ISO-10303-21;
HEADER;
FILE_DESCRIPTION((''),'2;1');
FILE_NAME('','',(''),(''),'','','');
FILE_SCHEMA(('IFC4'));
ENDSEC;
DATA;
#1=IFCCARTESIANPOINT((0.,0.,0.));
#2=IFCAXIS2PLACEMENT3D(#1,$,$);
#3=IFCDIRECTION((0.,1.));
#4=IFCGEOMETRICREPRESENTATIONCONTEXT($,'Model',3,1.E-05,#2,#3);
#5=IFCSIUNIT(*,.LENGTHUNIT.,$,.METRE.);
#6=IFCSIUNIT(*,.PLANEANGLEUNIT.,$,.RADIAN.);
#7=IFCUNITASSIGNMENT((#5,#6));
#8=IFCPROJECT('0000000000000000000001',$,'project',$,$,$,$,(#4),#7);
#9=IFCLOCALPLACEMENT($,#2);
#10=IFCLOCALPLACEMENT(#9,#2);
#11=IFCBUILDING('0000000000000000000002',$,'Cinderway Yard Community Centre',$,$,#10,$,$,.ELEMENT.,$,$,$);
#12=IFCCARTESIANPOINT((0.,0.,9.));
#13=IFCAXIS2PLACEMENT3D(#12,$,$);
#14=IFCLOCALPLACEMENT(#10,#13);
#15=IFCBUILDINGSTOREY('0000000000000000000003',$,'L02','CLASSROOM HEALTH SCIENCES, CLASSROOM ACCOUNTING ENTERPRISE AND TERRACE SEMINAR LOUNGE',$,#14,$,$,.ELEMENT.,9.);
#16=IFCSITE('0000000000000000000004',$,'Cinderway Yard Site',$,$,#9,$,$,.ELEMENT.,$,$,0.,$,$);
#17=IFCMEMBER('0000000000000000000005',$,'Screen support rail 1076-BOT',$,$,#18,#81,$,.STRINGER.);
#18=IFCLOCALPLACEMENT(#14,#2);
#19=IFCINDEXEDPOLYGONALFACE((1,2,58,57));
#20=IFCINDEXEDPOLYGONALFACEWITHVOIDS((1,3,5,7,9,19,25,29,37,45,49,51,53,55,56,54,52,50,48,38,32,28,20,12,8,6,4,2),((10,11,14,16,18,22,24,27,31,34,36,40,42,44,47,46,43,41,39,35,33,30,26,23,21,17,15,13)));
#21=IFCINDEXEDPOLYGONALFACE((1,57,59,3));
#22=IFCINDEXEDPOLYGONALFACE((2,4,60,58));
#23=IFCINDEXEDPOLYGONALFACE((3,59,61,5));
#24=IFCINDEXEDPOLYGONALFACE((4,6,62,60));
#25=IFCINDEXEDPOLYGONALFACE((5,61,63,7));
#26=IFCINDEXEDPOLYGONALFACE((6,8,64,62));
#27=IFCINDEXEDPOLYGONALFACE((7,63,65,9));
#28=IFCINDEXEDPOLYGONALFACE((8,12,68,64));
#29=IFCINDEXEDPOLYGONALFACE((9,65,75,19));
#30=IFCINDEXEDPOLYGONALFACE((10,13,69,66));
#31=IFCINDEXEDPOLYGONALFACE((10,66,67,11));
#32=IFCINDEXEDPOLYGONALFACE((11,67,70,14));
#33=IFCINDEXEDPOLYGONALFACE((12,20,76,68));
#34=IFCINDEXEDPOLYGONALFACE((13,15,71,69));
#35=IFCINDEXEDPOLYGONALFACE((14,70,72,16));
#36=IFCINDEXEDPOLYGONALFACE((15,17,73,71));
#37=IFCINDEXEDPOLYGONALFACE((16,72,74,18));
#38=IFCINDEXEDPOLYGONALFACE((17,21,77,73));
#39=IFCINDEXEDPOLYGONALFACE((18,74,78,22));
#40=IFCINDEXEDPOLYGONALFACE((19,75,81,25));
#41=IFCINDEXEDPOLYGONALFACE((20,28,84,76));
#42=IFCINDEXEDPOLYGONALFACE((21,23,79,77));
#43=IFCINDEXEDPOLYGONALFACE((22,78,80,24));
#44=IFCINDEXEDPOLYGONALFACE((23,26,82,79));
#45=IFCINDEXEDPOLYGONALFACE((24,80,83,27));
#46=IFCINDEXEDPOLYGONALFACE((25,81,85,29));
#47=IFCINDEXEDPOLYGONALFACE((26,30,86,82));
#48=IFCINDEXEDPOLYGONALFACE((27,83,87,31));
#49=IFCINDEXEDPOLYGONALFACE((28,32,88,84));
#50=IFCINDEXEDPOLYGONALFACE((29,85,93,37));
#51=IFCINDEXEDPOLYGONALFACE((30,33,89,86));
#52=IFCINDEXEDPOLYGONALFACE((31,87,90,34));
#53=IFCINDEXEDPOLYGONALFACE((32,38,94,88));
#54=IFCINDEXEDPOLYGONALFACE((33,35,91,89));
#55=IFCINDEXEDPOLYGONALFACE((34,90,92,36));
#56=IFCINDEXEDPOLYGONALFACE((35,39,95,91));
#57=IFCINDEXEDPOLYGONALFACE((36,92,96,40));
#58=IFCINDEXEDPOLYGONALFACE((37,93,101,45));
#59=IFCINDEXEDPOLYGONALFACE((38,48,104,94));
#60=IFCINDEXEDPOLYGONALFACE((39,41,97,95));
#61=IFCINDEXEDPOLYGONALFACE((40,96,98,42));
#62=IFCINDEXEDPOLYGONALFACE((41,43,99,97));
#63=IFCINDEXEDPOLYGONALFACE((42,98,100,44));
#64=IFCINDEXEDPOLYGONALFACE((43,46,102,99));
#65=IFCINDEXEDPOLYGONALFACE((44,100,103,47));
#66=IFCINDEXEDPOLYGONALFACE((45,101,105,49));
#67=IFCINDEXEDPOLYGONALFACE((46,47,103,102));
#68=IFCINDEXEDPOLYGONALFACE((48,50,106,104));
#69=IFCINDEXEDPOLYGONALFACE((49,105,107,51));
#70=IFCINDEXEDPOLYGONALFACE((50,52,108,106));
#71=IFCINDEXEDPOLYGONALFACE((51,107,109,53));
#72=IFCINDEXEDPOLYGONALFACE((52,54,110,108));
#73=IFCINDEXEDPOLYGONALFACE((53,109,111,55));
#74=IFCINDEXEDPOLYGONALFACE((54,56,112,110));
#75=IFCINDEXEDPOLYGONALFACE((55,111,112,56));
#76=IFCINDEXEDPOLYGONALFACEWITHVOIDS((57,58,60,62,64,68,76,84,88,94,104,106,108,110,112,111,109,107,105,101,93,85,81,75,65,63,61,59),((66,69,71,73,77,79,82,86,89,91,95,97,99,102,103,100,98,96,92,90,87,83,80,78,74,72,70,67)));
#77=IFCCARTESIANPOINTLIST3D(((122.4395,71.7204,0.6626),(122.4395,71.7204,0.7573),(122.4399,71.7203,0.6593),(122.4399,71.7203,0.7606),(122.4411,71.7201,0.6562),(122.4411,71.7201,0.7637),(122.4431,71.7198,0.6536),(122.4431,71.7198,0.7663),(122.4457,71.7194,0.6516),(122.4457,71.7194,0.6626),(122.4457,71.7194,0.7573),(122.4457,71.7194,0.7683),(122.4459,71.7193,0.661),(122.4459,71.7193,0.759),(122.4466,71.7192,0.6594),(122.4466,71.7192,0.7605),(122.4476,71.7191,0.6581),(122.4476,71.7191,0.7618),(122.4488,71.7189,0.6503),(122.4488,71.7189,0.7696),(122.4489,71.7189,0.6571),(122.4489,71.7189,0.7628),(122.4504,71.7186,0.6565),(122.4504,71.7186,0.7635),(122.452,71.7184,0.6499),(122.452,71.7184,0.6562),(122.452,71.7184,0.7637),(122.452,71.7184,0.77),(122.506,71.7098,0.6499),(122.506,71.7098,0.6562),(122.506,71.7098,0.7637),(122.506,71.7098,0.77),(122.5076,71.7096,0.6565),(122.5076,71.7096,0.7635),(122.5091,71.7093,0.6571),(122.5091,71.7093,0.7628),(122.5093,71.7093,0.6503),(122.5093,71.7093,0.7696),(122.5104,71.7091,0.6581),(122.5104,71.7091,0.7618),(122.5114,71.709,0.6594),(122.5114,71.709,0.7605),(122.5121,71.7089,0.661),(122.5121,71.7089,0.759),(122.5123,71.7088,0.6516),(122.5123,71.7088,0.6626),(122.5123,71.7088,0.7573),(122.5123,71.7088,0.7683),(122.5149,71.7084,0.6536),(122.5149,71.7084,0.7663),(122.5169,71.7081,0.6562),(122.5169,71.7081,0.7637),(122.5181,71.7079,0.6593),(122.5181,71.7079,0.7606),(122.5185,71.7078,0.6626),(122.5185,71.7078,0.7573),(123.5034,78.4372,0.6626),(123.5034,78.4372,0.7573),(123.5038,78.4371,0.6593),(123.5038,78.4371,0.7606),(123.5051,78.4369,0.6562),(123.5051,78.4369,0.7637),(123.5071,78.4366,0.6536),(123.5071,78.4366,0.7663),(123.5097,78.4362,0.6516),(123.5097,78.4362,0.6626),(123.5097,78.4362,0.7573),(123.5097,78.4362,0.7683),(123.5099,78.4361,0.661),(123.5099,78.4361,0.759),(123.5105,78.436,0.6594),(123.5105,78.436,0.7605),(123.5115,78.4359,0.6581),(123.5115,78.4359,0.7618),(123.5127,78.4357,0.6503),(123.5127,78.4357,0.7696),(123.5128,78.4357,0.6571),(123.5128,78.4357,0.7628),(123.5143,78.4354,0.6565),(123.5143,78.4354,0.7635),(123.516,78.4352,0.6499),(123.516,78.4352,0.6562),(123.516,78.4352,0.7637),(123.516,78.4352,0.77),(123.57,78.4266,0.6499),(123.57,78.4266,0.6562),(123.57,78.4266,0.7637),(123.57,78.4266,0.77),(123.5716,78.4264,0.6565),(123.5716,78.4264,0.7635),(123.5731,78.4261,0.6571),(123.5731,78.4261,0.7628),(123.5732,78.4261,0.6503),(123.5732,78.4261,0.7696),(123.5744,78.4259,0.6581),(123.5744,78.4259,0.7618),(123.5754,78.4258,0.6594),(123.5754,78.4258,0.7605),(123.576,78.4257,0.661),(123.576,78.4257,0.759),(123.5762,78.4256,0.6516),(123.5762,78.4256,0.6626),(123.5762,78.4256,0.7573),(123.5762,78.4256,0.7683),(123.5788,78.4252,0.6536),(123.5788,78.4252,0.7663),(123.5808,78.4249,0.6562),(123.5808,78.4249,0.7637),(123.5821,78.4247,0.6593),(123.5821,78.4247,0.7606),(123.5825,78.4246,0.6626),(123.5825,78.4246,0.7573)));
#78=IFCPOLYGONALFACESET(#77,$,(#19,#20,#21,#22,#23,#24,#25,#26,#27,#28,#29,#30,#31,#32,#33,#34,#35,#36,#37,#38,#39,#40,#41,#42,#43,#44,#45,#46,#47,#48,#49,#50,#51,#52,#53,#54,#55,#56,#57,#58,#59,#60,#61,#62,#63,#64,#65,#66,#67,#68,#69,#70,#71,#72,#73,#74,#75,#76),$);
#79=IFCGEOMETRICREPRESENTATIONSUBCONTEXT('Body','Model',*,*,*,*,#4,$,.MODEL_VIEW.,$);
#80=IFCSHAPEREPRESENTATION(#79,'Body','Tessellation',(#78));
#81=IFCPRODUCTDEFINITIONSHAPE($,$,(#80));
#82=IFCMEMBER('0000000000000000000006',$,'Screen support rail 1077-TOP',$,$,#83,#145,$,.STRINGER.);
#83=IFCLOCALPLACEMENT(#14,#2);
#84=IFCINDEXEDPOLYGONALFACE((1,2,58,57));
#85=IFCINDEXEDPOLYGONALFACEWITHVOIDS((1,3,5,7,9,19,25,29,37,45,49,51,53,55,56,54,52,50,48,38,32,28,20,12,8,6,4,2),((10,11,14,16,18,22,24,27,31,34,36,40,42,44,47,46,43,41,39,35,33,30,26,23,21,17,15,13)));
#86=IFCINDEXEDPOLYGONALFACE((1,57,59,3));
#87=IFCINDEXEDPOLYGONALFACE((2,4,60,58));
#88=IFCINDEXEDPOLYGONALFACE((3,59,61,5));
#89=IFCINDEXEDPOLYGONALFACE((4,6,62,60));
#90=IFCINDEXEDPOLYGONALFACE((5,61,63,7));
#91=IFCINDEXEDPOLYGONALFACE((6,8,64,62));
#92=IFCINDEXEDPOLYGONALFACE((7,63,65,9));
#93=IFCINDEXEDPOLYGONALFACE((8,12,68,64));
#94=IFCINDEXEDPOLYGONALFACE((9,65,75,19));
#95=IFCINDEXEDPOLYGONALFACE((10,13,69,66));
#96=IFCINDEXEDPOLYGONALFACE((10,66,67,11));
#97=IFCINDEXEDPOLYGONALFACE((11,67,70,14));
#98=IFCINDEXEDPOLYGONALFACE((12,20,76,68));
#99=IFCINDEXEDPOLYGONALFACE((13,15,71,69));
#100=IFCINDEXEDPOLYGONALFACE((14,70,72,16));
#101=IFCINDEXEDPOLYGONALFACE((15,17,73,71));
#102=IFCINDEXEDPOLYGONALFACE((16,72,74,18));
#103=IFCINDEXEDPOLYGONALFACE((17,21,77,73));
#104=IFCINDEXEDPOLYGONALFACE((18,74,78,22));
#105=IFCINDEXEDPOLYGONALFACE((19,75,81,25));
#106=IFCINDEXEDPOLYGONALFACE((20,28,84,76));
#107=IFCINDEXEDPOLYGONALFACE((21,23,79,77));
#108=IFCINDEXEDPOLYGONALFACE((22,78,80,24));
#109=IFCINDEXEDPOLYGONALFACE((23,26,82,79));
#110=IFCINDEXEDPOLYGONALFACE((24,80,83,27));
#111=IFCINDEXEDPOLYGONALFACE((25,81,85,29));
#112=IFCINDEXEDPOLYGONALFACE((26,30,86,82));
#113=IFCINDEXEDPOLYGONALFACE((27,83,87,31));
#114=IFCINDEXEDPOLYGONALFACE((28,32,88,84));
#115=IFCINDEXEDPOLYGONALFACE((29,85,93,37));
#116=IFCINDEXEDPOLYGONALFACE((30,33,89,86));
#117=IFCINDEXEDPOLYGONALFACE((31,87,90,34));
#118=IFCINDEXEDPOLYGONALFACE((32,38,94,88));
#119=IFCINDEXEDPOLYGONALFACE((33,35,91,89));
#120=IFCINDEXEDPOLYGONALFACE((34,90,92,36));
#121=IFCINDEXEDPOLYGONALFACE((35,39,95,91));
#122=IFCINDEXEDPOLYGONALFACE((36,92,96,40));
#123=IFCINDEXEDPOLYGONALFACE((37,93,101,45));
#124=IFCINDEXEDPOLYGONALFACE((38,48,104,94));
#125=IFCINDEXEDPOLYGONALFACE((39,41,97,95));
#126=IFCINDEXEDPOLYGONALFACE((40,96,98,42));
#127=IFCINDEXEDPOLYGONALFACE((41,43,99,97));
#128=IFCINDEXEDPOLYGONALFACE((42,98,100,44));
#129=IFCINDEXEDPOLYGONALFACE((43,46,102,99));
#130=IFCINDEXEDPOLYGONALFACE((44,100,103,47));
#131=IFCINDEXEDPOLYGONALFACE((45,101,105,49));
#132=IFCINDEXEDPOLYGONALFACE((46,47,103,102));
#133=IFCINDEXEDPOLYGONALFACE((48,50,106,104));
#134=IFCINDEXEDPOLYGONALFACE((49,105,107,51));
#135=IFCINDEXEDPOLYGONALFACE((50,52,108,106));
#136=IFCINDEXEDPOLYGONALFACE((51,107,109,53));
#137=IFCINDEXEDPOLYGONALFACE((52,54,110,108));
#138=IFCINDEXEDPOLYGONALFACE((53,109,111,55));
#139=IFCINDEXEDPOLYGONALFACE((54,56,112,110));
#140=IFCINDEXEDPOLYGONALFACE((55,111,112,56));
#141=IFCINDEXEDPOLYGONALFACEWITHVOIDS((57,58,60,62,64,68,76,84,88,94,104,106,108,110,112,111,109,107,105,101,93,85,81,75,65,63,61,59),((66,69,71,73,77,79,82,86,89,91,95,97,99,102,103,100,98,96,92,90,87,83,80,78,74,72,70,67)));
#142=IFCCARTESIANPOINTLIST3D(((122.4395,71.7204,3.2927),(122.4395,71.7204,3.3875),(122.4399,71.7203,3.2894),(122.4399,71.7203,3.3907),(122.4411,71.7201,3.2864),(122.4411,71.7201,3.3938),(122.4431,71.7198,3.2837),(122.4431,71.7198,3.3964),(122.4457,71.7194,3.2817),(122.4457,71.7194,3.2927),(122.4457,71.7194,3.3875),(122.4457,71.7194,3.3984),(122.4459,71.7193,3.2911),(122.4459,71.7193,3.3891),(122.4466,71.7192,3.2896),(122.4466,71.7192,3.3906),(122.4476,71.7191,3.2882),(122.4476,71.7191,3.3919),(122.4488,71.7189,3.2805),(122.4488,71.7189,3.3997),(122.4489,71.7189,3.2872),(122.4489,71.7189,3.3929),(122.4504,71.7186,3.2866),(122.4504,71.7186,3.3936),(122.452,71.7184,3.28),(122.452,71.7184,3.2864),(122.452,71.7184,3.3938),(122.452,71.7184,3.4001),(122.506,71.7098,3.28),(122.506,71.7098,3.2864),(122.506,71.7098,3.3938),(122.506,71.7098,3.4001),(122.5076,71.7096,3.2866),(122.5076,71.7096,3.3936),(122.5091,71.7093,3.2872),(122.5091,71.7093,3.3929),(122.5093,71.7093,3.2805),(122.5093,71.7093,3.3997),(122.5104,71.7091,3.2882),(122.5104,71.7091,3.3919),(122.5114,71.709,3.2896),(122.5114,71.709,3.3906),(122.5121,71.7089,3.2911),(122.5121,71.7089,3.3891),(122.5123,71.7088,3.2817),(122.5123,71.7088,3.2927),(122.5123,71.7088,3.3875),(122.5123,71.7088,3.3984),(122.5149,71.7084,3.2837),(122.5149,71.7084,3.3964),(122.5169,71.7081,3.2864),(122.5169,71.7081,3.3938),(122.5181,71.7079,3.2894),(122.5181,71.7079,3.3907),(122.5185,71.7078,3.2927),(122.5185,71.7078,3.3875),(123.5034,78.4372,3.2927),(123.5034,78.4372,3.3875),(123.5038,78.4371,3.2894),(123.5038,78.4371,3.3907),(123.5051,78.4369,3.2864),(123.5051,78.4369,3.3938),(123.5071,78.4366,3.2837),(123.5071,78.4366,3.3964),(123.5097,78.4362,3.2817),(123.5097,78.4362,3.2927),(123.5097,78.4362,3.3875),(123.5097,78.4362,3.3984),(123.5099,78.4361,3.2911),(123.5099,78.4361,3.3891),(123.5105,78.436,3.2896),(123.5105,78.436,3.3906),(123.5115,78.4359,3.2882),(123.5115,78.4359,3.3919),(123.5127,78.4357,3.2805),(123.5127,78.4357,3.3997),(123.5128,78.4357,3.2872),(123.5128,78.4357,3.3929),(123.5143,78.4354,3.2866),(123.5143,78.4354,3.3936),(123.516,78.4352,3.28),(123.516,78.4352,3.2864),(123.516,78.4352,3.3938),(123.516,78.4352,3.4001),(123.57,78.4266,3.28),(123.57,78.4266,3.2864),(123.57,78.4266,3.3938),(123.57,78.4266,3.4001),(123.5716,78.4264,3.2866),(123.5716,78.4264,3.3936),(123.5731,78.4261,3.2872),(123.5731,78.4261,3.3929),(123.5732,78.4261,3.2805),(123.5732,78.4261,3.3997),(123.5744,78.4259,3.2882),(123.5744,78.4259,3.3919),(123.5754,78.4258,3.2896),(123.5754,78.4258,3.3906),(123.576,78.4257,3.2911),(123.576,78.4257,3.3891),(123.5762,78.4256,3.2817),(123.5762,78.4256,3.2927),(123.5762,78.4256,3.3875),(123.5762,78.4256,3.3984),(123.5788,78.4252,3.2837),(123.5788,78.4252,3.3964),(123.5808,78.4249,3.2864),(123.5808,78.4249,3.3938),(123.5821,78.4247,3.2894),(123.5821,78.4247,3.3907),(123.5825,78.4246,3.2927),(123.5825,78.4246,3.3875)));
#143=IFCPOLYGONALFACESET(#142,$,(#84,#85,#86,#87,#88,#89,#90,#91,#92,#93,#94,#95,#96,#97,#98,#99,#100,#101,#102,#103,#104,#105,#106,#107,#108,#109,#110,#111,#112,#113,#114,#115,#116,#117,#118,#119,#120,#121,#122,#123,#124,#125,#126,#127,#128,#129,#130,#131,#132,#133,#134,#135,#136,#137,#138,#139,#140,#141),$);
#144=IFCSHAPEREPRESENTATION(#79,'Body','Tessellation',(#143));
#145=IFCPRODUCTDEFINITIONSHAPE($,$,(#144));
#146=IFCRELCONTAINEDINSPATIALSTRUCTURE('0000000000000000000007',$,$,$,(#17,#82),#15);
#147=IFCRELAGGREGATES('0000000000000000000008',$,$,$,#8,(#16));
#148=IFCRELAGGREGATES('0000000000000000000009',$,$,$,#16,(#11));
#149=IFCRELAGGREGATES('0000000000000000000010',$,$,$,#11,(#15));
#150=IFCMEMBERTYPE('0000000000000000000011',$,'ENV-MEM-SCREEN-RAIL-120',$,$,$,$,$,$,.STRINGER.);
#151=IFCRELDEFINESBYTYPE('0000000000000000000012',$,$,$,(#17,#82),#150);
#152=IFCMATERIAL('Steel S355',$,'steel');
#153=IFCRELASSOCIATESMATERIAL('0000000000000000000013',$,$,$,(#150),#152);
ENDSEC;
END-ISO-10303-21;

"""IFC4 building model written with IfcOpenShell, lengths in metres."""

from ifc_helpers import new_model, si_unit, direction, frame, origin, origin_2d, place, context, subcontext, project, spatial, hollow_rectangle, extrude, material, material_profile, profile_set, type_object, element, save


model = new_model("IFC4")

# Units and contexts
model_context = context("Model", 3, precision=1e-05, world=origin(), true_north=direction((0.0, 1.0)))
body_context = subcontext(model_context, "Body", "Model", "MODEL_VIEW")
ifc_project = project(units=[si_unit("LENGTHUNIT", "METRE"), si_unit("PLANEANGLEUNIT", "RADIAN")], contexts=[model_context])

# Site, building, storey
site_placement = place(None, origin())
site = spatial("IfcSite", under=ifc_project, at=site_placement, Name="Cinderway Yard Site", CompositionType="ELEMENT", RefElevation=0.0)
building_placement = place(site_placement, origin())
building = spatial("IfcBuilding", under=site, at=building_placement, Name="Cinderway Yard Community Centre", CompositionType="ELEMENT")
storey_placement = place(building_placement, frame((0.0, 0.0, 9.0)))
storey = spatial("IfcBuildingStorey", under=building, at=storey_placement, Name="L02", Description="CLASSROOM HEALTH SCIENCES, CLASSROOM ACCOUNTING ENTERPRISE AND TERRACE SEMINAR LOUNGE", CompositionType="ELEMENT", Elevation=9.0)

# Members
ifc_material_1 = material(Name="Steel S355", Category="steel")
ifc_material_profile_1 = material_profile(ifc_material_1, hollow_rectangle(XDim=0.0801, YDim=0.1201, WallThickness=0.0063, InnerFilletRadius=0.0063, OuterFilletRadius=0.0127, at=origin_2d()), Name="Steel S355")
ifc_profile_set_1 = profile_set([ifc_material_profile_1], Name="Steel S355")
member_type_1 = type_object("IfcMemberType", Name="ENV-MEM-SCREEN-RAIL-120", PredefinedType="STRINGER", material=ifc_profile_set_1)
for number, where, z_axis, x_axis, name in (
    (1, (122.479, 71.7141, 0.71), (0.156453, 0.987685, 0.0), (-0.987685, 0.156453, 0.0), "Screen support rail 1076-BOT"),
    (2, (122.479, 71.7141, 3.3401), (0.156453, 0.987685, 0.0), (-0.987685, 0.156453, 0.0), "Screen support rail 1077-TOP"),
):
    element("IfcMember", number, at=place(storey_placement, frame(where, z_axis=z_axis, x_axis=x_axis)), inside=storey, type_object=member_type_1, Name=name, PredefinedType="STRINGER", context=body_context, shape_type="SweptSolid", body=[
        extrude(hollow_rectangle(XDim=0.0801, YDim=0.1201, WallThickness=0.0063, InnerFilletRadius=0.0063, OuterFilletRadius=0.0127, at=origin_2d()), origin(), (0.0, 0.0, 1.0), 6.8005),
    ])

save(model, "model.ifc")
